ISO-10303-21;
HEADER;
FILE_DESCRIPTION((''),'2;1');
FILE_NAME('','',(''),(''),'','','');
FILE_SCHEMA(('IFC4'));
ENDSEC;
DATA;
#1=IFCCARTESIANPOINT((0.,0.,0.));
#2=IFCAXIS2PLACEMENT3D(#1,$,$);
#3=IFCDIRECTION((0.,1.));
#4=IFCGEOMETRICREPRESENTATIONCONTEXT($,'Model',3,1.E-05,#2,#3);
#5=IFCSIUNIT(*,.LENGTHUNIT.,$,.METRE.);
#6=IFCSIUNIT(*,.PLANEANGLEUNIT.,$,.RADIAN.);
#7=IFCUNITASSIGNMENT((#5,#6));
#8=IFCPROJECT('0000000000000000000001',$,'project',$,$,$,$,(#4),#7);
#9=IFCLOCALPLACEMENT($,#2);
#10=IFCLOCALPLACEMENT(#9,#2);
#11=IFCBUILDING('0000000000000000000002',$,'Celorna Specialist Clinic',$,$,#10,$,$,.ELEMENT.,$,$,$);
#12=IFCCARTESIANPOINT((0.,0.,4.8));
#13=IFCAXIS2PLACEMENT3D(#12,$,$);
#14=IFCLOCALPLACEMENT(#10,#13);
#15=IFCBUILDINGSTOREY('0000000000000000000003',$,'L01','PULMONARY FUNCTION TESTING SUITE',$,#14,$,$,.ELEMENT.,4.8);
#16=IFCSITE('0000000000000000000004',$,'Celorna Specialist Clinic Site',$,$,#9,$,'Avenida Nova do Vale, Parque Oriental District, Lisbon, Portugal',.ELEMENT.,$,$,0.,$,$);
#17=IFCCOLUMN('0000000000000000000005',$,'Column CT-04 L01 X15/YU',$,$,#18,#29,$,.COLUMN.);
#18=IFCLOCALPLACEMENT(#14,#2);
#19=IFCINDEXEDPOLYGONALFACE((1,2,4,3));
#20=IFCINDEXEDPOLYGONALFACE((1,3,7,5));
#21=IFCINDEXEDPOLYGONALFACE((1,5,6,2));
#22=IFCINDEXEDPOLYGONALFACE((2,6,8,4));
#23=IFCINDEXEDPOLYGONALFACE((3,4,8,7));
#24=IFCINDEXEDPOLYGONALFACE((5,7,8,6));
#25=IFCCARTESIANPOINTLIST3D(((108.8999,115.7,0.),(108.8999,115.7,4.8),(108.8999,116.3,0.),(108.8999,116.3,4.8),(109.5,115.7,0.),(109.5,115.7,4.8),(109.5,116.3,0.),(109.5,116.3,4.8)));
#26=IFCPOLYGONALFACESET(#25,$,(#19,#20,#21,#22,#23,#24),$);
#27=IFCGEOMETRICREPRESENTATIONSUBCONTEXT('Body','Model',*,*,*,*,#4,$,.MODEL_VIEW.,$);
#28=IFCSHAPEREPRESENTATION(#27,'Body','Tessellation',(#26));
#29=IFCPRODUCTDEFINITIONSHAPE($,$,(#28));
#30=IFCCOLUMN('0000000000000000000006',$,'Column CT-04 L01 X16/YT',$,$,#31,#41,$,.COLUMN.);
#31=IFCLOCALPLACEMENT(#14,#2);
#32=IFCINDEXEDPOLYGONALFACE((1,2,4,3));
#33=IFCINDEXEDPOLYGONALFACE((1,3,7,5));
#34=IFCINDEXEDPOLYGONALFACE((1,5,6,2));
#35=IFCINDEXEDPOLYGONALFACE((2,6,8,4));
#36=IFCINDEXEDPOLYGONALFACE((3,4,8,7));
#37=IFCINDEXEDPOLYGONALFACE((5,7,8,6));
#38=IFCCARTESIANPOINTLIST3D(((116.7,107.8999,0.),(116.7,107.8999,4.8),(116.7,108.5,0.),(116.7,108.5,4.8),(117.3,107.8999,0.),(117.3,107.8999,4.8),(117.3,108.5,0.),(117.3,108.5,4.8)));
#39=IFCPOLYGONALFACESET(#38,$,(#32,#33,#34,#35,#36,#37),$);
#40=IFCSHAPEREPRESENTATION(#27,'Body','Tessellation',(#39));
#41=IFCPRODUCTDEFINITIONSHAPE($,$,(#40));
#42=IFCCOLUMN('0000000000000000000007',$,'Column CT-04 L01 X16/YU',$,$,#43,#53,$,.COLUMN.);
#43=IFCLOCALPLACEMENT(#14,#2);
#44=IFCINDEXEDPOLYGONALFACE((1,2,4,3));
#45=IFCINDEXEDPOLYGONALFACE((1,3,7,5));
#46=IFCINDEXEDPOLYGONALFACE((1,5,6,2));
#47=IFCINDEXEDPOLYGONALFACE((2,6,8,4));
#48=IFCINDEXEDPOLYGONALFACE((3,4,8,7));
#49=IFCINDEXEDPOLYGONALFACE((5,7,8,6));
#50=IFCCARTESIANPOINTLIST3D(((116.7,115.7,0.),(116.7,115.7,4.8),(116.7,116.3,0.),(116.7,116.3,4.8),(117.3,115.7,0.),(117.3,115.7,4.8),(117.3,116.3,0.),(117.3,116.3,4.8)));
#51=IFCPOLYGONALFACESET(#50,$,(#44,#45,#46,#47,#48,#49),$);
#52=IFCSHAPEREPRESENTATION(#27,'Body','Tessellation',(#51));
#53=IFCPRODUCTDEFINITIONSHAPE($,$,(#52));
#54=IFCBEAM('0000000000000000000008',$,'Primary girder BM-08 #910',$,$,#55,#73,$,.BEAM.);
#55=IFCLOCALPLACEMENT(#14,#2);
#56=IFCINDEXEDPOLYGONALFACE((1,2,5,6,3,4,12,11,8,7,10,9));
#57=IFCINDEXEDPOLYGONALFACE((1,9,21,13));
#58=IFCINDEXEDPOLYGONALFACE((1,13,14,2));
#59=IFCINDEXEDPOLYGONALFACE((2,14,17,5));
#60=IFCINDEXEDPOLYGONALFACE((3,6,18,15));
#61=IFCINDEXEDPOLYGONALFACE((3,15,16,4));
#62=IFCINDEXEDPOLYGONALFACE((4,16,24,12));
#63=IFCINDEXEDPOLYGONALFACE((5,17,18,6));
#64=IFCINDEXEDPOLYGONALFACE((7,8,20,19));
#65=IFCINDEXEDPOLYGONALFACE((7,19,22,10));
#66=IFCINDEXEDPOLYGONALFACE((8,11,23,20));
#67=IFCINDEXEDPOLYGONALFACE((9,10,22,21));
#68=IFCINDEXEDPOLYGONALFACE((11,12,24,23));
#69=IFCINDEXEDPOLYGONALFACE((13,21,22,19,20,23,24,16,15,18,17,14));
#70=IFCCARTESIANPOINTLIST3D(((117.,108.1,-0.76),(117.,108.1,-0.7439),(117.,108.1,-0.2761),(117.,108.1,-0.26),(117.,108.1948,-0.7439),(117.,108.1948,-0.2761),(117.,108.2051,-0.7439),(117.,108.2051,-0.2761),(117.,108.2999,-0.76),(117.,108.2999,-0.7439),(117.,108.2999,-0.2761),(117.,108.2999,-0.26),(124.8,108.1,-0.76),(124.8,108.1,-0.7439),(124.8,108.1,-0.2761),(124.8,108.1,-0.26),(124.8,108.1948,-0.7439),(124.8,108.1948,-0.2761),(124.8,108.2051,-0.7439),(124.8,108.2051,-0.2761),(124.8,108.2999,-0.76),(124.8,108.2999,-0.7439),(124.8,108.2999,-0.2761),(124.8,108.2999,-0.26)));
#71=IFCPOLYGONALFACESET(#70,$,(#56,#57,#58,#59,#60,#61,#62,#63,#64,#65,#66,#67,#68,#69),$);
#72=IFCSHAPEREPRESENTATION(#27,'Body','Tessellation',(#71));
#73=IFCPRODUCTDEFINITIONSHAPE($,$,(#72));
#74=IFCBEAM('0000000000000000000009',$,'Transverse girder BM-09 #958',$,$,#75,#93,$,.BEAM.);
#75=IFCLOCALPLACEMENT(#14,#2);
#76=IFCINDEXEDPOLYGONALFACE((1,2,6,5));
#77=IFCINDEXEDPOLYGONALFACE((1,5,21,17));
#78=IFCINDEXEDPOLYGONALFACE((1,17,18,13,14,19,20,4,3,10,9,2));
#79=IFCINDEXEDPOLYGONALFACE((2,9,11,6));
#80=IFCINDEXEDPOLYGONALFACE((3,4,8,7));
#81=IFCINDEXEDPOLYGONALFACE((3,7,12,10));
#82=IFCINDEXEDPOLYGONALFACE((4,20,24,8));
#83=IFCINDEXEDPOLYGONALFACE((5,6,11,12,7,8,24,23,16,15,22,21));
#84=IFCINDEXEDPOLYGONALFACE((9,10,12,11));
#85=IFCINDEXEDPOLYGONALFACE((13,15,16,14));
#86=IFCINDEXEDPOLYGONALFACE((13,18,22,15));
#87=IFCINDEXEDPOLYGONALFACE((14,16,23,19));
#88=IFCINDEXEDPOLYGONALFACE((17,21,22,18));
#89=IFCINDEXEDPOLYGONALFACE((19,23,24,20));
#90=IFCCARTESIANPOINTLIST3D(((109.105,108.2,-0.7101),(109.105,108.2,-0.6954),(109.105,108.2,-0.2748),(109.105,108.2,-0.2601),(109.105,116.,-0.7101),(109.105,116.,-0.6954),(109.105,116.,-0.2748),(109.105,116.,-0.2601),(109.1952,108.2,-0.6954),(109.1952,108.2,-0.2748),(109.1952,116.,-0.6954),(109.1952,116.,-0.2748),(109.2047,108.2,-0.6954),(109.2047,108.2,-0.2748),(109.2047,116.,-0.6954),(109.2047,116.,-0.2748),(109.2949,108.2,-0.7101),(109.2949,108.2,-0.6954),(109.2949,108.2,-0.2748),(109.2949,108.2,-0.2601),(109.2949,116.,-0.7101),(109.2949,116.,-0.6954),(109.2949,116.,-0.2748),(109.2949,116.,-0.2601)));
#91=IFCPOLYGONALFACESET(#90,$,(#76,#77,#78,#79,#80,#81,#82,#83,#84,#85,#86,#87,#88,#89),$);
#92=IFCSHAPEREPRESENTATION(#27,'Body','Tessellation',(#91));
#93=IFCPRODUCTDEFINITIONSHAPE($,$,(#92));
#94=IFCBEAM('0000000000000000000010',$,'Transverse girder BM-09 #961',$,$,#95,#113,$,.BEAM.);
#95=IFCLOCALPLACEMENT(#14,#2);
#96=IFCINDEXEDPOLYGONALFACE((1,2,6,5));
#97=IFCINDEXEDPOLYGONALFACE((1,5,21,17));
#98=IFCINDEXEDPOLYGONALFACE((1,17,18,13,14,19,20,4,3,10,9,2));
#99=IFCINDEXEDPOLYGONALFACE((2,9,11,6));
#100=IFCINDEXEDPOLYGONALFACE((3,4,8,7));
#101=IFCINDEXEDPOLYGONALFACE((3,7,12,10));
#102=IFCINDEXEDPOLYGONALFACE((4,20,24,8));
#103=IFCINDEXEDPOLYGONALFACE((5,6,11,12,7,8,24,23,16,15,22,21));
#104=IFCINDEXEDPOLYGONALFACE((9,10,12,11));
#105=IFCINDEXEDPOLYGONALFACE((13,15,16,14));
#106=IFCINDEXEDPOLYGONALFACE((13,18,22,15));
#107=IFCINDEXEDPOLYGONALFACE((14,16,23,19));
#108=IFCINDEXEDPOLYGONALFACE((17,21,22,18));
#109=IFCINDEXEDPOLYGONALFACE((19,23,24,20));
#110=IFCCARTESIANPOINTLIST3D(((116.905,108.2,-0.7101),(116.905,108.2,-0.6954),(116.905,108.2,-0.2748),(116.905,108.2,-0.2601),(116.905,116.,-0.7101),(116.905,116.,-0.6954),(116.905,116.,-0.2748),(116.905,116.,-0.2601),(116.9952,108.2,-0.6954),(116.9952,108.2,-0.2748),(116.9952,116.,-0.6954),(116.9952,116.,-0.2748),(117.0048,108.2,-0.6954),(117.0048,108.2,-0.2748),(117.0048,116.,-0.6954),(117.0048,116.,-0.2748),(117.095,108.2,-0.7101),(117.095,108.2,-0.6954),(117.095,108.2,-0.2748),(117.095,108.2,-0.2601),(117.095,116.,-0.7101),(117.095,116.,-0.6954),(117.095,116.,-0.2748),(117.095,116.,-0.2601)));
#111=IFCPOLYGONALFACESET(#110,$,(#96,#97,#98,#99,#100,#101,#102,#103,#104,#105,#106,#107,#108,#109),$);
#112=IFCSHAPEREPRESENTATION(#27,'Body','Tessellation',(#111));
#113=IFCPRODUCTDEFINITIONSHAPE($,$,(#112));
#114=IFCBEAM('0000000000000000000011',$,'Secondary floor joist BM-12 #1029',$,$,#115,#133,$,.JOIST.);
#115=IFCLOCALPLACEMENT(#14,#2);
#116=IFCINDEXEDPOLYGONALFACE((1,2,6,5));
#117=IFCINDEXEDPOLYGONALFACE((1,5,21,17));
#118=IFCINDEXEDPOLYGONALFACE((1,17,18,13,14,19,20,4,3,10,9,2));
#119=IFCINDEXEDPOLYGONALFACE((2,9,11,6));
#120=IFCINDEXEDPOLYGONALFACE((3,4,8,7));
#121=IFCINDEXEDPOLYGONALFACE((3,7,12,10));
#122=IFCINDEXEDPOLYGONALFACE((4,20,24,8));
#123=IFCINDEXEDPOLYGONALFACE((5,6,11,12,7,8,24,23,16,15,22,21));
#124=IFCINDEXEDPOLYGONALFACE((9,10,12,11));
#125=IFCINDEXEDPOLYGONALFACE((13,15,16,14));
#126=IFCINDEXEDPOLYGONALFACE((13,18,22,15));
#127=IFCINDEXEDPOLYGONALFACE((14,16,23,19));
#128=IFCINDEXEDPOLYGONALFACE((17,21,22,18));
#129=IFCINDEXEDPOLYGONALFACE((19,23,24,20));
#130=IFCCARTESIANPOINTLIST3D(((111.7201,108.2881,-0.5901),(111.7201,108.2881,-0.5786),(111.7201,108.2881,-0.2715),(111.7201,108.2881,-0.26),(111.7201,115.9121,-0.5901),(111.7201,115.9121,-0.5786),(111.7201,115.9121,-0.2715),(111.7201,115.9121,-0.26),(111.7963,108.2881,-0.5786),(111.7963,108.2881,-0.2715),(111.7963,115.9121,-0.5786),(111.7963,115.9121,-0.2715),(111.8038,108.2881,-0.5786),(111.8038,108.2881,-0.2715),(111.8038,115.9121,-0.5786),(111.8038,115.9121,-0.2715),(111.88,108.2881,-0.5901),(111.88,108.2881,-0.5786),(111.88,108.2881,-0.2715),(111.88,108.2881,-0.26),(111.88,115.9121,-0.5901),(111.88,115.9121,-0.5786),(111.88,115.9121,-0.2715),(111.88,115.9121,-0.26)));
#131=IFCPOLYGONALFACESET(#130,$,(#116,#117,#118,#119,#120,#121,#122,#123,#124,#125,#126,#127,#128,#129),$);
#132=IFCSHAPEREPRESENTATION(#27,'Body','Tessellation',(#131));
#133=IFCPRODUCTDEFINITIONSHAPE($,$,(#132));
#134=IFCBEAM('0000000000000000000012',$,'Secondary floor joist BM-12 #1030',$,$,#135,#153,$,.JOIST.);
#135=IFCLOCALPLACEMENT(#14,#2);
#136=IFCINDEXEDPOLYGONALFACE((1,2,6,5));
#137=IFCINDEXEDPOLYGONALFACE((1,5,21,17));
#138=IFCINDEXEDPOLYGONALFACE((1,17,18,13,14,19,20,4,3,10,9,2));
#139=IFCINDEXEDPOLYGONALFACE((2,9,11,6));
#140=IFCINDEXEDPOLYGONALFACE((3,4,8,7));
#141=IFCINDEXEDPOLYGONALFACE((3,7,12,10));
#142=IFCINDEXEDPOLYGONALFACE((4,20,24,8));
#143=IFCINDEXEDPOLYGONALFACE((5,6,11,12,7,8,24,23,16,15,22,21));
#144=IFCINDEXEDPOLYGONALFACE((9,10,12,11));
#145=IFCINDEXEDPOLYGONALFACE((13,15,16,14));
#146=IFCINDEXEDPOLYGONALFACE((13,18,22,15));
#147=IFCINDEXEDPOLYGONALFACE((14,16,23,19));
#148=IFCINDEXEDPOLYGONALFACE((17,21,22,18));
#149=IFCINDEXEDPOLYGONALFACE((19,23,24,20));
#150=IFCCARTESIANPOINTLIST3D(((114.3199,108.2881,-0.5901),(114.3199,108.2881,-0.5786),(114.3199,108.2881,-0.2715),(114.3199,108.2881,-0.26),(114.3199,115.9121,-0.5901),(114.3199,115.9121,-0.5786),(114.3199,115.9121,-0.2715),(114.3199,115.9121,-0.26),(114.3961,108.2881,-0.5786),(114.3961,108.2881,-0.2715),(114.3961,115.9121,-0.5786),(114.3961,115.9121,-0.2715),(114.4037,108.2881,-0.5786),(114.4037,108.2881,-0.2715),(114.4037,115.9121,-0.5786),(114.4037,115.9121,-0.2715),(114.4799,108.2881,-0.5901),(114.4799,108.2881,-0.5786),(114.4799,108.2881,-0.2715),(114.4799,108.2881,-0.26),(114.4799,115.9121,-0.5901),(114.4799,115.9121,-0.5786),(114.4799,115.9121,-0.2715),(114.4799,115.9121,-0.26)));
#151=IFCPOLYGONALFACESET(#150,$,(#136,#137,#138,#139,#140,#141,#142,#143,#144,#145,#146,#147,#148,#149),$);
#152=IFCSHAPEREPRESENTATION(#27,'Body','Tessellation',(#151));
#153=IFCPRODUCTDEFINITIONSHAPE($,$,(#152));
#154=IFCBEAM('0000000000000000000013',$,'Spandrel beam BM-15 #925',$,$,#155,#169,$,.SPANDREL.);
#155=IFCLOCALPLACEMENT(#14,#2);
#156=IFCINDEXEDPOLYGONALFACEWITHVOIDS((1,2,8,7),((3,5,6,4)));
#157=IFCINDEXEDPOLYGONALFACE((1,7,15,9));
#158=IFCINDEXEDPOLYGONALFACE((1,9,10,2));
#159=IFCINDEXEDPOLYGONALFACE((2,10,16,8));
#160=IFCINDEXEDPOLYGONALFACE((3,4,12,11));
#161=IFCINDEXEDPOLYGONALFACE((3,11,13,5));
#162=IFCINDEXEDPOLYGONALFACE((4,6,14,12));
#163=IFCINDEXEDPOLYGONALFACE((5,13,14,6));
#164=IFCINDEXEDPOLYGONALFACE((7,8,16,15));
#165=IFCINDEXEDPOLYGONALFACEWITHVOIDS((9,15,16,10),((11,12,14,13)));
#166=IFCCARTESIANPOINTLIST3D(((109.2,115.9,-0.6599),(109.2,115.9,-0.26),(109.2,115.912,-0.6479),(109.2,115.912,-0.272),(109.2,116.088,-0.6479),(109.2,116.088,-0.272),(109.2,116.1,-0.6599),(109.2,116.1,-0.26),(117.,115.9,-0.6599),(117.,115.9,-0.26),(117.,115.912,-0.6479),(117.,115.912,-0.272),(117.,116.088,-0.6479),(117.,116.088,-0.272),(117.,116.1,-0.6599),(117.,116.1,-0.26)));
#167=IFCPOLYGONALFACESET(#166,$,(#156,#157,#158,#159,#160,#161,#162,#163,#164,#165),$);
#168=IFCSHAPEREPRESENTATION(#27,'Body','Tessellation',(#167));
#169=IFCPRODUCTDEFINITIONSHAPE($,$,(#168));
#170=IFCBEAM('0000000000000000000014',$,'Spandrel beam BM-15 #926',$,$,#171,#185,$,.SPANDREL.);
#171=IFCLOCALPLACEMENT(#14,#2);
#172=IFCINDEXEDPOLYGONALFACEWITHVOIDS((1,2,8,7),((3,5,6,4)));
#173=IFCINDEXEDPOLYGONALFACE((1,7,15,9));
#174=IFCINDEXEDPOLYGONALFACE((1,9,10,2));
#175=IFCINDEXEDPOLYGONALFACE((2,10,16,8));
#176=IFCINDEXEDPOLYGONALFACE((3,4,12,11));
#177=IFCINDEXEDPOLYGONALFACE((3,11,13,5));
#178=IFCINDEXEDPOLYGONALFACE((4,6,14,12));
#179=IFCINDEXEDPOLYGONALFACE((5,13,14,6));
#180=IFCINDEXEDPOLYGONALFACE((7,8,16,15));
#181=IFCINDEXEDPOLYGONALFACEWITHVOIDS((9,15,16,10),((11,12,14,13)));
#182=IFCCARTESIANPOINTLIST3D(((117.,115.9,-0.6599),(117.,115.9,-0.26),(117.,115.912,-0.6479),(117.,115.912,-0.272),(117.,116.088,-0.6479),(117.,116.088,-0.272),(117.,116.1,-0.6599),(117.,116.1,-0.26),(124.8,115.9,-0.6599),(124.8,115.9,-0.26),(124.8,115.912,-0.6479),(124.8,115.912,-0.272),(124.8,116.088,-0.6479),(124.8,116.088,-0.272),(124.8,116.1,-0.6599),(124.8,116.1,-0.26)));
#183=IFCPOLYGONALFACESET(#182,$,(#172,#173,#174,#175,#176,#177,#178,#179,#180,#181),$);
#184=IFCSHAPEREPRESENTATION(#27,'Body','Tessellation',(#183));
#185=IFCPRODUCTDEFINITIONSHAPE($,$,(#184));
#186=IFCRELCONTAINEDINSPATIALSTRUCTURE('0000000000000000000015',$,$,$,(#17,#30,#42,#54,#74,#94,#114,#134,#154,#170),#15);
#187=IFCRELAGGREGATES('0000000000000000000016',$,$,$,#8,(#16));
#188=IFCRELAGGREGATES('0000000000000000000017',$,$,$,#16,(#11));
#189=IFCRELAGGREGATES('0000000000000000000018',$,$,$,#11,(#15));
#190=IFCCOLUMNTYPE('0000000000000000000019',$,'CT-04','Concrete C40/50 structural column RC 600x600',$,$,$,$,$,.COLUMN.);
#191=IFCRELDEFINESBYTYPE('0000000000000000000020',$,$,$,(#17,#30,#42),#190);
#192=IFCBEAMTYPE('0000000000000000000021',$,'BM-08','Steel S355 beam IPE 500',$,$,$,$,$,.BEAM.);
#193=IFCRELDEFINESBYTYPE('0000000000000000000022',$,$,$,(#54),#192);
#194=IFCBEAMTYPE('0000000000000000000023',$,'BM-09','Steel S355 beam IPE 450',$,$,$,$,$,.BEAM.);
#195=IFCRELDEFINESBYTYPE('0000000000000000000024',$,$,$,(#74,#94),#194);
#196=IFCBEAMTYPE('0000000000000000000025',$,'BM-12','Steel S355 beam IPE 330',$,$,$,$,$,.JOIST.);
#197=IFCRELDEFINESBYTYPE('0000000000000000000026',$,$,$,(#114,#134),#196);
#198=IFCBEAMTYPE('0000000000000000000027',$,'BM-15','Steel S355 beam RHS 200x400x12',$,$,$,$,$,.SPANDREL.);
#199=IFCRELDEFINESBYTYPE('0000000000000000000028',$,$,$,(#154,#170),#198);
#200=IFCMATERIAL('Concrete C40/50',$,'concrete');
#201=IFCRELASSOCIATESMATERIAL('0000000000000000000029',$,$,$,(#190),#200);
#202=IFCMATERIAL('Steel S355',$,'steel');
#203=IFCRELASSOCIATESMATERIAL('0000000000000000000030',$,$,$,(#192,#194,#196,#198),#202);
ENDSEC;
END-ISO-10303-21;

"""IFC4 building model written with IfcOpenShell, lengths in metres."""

from ifc_helpers import new_model, si_unit, direction, frame, origin, origin_2d, place, context, subcontext, project, spatial, rectangle, hollow_rectangle, i_section, extrude, material, material_profile, profile_set, type_object, element, save


model = new_model("IFC4")

# Units and contexts
model_context = context("Model", 3, precision=1e-05, world=origin(), true_north=direction((0.0, 1.0)))
body_context = subcontext(model_context, "Body", "Model", "MODEL_VIEW")
ifc_project = project(units=[si_unit("LENGTHUNIT", "METRE"), si_unit("PLANEANGLEUNIT", "RADIAN")], contexts=[model_context])

# Site, building, storey
site_placement = place(None, origin())
site = spatial("IfcSite", under=ifc_project, at=site_placement, Name="Celorna Specialist Clinic Site", LongName="Avenida Nova do Vale, Parque Oriental District, Lisbon, Portugal", CompositionType="ELEMENT", RefElevation=0.0)
building_placement = place(site_placement, origin())
building = spatial("IfcBuilding", under=site, at=building_placement, Name="Celorna Specialist Clinic", CompositionType="ELEMENT")
storey_placement = place(building_placement, frame((0.0, 0.0, 4.8)))
storey = spatial("IfcBuildingStorey", under=building, at=storey_placement, Name="L01", Description="PULMONARY FUNCTION TESTING SUITE", CompositionType="ELEMENT", Elevation=4.8)

# Columns
ifc_material_1 = material(Name="Concrete C40/50", Category="concrete")
ifc_material_profile_1 = material_profile(ifc_material_1, rectangle(XDim=0.6001, YDim=0.6001, at=origin_2d()), Name="RC 600x600")
ifc_profile_set_1 = profile_set([ifc_material_profile_1], Name="Concrete C40/50")
column_type = type_object("IfcColumnType", Name="CT-04", Description="Concrete C40/50 structural column RC 600x600", PredefinedType="COLUMN", material=ifc_profile_set_1)
for number, where, z_axis, x_axis, name in (
    (1, (109.2, 116.0, 0.0), (0.0, 0.0, 1.0), (1.0, 0.0, 0.0), "Column CT-04 L01 X15/YU"),
    (2, (117.0, 108.2, 0.0), (0.0, 0.0, 1.0), (1.0, 0.0, 0.0), "Column CT-04 L01 X16/YT"),
    (3, (117.0, 116.0, 0.0), (0.0, 0.0, 1.0), (1.0, 0.0, 0.0), "Column CT-04 L01 X16/YU"),
):
    element("IfcColumn", number, at=place(storey_placement, frame(where, z_axis=z_axis, x_axis=x_axis)), inside=storey, type_object=column_type, Name=name, PredefinedType="COLUMN", context=body_context, shape_type="SweptSolid", body=[
        extrude(rectangle(XDim=0.6001, YDim=0.6001, at=origin_2d()), origin(), (0.0, 0.0, 1.0), 4.8),
    ])

# Beams
ifc_material_2 = material(Name="Steel S355", Category="steel")
ifc_material_profile_2 = material_profile(ifc_material_2, i_section(OverallWidth=0.2, OverallDepth=0.5, WebThickness=0.0103, FlangeThickness=0.0161, at=origin_2d()), Name="IPE 500")
ifc_profile_set_2 = profile_set([ifc_material_profile_2], Name="Steel S355")
beam_type_1 = type_object("IfcBeamType", Name="BM-08", Description="Steel S355 beam IPE 500", PredefinedType="BEAM", material=ifc_profile_set_2)
beam_placement = place(storey_placement, frame((117.0, 108.2, -0.51), z_axis=(1.0, 0.0, 0.0), x_axis=(0.0, 1.0, 0.0)))
element("IfcBeam", 4, at=beam_placement, inside=storey, type_object=beam_type_1, Name="Primary girder BM-08 #910", PredefinedType="BEAM", context=body_context, shape_type="SweptSolid", body=[
    extrude(i_section(OverallWidth=0.2, OverallDepth=0.5, WebThickness=0.0103, FlangeThickness=0.0161, at=origin_2d()), origin(), (0.0, 0.0, 1.0), 7.8),
])
ifc_material_profile_3 = material_profile(ifc_material_2, i_section(OverallWidth=0.1899, OverallDepth=0.45, WebThickness=0.0095, FlangeThickness=0.0146, at=origin_2d()), Name="IPE 450")
ifc_profile_set_3 = profile_set([ifc_material_profile_3], Name="Steel S355")
beam_type_2 = type_object("IfcBeamType", Name="BM-09", Description="Steel S355 beam IPE 450", PredefinedType="BEAM", material=ifc_profile_set_3)
for number, where, z_axis, x_axis, name in (
    (5, (109.2, 108.2, -0.4851), (0.0, 1.0, 0.0), (-1.0, 0.0, 0.0), "Transverse girder BM-09 #958"),
    (6, (117.0, 108.2, -0.4851), (0.0, 1.0, 0.0), (-1.0, 0.0, 0.0), "Transverse girder BM-09 #961"),
):
    element("IfcBeam", number, at=place(storey_placement, frame(where, z_axis=z_axis, x_axis=x_axis)), inside=storey, type_object=beam_type_2, Name=name, PredefinedType="BEAM", context=body_context, shape_type="SweptSolid", body=[
        extrude(i_section(OverallWidth=0.1899, OverallDepth=0.45, WebThickness=0.0095, FlangeThickness=0.0146, at=origin_2d()), origin(), (0.0, 0.0, 1.0), 7.8),
    ])
ifc_material_profile_4 = material_profile(ifc_material_2, i_section(OverallWidth=0.1599, OverallDepth=0.3301, WebThickness=0.0076, FlangeThickness=0.0115, at=origin_2d()), Name="IPE 330")
ifc_profile_set_4 = profile_set([ifc_material_profile_4], Name="Steel S355")
beam_type_3 = type_object("IfcBeamType", Name="BM-12", Description="Steel S355 beam IPE 330", PredefinedType="JOIST", material=ifc_profile_set_4)
for number, where, z_axis, x_axis, name in (
    (7, (111.8, 108.2881, -0.425), (0.0, 1.0, 0.0), (-1.0, 0.0, 0.0), "Secondary floor joist BM-12 #1029"),
    (8, (114.3999, 108.2881, -0.425), (0.0, 1.0, 0.0), (-1.0, 0.0, 0.0), "Secondary floor joist BM-12 #1030"),
):
    element("IfcBeam", number, at=place(storey_placement, frame(where, z_axis=z_axis, x_axis=x_axis)), inside=storey, type_object=beam_type_3, Name=name, PredefinedType="JOIST", context=body_context, shape_type="SweptSolid", body=[
        extrude(i_section(OverallWidth=0.1599, OverallDepth=0.3301, WebThickness=0.0076, FlangeThickness=0.0115, at=origin_2d()), origin(), (0.0, 0.0, 1.0), 7.624),
    ])
ifc_material_profile_5 = material_profile(ifc_material_2, hollow_rectangle(XDim=0.2, YDim=0.3999, WallThickness=0.012, at=origin_2d()), Name="RHS 200x400x12")
ifc_profile_set_5 = profile_set([ifc_material_profile_5], Name="Steel S355")
beam_type_4 = type_object("IfcBeamType", Name="BM-15", Description="Steel S355 beam RHS 200x400x12", PredefinedType="SPANDREL", material=ifc_profile_set_5)
for number, where, z_axis, x_axis, name in (
    (9, (109.2, 116.0, -0.46), (1.0, 0.0, 0.0), (0.0, 1.0, 0.0), "Spandrel beam BM-15 #925"),
    (10, (117.0, 116.0, -0.46), (1.0, 0.0, 0.0), (0.0, 1.0, 0.0), "Spandrel beam BM-15 #926"),
):
    element("IfcBeam", number, at=place(storey_placement, frame(where, z_axis=z_axis, x_axis=x_axis)), inside=storey, type_object=beam_type_4, Name=name, PredefinedType="SPANDREL", context=body_context, shape_type="SweptSolid", body=[
        extrude(hollow_rectangle(XDim=0.2, YDim=0.3999, WallThickness=0.012, at=origin_2d()), origin(), (0.0, 0.0, 1.0), 7.8),
    ])

save(model, "model.ifc")
